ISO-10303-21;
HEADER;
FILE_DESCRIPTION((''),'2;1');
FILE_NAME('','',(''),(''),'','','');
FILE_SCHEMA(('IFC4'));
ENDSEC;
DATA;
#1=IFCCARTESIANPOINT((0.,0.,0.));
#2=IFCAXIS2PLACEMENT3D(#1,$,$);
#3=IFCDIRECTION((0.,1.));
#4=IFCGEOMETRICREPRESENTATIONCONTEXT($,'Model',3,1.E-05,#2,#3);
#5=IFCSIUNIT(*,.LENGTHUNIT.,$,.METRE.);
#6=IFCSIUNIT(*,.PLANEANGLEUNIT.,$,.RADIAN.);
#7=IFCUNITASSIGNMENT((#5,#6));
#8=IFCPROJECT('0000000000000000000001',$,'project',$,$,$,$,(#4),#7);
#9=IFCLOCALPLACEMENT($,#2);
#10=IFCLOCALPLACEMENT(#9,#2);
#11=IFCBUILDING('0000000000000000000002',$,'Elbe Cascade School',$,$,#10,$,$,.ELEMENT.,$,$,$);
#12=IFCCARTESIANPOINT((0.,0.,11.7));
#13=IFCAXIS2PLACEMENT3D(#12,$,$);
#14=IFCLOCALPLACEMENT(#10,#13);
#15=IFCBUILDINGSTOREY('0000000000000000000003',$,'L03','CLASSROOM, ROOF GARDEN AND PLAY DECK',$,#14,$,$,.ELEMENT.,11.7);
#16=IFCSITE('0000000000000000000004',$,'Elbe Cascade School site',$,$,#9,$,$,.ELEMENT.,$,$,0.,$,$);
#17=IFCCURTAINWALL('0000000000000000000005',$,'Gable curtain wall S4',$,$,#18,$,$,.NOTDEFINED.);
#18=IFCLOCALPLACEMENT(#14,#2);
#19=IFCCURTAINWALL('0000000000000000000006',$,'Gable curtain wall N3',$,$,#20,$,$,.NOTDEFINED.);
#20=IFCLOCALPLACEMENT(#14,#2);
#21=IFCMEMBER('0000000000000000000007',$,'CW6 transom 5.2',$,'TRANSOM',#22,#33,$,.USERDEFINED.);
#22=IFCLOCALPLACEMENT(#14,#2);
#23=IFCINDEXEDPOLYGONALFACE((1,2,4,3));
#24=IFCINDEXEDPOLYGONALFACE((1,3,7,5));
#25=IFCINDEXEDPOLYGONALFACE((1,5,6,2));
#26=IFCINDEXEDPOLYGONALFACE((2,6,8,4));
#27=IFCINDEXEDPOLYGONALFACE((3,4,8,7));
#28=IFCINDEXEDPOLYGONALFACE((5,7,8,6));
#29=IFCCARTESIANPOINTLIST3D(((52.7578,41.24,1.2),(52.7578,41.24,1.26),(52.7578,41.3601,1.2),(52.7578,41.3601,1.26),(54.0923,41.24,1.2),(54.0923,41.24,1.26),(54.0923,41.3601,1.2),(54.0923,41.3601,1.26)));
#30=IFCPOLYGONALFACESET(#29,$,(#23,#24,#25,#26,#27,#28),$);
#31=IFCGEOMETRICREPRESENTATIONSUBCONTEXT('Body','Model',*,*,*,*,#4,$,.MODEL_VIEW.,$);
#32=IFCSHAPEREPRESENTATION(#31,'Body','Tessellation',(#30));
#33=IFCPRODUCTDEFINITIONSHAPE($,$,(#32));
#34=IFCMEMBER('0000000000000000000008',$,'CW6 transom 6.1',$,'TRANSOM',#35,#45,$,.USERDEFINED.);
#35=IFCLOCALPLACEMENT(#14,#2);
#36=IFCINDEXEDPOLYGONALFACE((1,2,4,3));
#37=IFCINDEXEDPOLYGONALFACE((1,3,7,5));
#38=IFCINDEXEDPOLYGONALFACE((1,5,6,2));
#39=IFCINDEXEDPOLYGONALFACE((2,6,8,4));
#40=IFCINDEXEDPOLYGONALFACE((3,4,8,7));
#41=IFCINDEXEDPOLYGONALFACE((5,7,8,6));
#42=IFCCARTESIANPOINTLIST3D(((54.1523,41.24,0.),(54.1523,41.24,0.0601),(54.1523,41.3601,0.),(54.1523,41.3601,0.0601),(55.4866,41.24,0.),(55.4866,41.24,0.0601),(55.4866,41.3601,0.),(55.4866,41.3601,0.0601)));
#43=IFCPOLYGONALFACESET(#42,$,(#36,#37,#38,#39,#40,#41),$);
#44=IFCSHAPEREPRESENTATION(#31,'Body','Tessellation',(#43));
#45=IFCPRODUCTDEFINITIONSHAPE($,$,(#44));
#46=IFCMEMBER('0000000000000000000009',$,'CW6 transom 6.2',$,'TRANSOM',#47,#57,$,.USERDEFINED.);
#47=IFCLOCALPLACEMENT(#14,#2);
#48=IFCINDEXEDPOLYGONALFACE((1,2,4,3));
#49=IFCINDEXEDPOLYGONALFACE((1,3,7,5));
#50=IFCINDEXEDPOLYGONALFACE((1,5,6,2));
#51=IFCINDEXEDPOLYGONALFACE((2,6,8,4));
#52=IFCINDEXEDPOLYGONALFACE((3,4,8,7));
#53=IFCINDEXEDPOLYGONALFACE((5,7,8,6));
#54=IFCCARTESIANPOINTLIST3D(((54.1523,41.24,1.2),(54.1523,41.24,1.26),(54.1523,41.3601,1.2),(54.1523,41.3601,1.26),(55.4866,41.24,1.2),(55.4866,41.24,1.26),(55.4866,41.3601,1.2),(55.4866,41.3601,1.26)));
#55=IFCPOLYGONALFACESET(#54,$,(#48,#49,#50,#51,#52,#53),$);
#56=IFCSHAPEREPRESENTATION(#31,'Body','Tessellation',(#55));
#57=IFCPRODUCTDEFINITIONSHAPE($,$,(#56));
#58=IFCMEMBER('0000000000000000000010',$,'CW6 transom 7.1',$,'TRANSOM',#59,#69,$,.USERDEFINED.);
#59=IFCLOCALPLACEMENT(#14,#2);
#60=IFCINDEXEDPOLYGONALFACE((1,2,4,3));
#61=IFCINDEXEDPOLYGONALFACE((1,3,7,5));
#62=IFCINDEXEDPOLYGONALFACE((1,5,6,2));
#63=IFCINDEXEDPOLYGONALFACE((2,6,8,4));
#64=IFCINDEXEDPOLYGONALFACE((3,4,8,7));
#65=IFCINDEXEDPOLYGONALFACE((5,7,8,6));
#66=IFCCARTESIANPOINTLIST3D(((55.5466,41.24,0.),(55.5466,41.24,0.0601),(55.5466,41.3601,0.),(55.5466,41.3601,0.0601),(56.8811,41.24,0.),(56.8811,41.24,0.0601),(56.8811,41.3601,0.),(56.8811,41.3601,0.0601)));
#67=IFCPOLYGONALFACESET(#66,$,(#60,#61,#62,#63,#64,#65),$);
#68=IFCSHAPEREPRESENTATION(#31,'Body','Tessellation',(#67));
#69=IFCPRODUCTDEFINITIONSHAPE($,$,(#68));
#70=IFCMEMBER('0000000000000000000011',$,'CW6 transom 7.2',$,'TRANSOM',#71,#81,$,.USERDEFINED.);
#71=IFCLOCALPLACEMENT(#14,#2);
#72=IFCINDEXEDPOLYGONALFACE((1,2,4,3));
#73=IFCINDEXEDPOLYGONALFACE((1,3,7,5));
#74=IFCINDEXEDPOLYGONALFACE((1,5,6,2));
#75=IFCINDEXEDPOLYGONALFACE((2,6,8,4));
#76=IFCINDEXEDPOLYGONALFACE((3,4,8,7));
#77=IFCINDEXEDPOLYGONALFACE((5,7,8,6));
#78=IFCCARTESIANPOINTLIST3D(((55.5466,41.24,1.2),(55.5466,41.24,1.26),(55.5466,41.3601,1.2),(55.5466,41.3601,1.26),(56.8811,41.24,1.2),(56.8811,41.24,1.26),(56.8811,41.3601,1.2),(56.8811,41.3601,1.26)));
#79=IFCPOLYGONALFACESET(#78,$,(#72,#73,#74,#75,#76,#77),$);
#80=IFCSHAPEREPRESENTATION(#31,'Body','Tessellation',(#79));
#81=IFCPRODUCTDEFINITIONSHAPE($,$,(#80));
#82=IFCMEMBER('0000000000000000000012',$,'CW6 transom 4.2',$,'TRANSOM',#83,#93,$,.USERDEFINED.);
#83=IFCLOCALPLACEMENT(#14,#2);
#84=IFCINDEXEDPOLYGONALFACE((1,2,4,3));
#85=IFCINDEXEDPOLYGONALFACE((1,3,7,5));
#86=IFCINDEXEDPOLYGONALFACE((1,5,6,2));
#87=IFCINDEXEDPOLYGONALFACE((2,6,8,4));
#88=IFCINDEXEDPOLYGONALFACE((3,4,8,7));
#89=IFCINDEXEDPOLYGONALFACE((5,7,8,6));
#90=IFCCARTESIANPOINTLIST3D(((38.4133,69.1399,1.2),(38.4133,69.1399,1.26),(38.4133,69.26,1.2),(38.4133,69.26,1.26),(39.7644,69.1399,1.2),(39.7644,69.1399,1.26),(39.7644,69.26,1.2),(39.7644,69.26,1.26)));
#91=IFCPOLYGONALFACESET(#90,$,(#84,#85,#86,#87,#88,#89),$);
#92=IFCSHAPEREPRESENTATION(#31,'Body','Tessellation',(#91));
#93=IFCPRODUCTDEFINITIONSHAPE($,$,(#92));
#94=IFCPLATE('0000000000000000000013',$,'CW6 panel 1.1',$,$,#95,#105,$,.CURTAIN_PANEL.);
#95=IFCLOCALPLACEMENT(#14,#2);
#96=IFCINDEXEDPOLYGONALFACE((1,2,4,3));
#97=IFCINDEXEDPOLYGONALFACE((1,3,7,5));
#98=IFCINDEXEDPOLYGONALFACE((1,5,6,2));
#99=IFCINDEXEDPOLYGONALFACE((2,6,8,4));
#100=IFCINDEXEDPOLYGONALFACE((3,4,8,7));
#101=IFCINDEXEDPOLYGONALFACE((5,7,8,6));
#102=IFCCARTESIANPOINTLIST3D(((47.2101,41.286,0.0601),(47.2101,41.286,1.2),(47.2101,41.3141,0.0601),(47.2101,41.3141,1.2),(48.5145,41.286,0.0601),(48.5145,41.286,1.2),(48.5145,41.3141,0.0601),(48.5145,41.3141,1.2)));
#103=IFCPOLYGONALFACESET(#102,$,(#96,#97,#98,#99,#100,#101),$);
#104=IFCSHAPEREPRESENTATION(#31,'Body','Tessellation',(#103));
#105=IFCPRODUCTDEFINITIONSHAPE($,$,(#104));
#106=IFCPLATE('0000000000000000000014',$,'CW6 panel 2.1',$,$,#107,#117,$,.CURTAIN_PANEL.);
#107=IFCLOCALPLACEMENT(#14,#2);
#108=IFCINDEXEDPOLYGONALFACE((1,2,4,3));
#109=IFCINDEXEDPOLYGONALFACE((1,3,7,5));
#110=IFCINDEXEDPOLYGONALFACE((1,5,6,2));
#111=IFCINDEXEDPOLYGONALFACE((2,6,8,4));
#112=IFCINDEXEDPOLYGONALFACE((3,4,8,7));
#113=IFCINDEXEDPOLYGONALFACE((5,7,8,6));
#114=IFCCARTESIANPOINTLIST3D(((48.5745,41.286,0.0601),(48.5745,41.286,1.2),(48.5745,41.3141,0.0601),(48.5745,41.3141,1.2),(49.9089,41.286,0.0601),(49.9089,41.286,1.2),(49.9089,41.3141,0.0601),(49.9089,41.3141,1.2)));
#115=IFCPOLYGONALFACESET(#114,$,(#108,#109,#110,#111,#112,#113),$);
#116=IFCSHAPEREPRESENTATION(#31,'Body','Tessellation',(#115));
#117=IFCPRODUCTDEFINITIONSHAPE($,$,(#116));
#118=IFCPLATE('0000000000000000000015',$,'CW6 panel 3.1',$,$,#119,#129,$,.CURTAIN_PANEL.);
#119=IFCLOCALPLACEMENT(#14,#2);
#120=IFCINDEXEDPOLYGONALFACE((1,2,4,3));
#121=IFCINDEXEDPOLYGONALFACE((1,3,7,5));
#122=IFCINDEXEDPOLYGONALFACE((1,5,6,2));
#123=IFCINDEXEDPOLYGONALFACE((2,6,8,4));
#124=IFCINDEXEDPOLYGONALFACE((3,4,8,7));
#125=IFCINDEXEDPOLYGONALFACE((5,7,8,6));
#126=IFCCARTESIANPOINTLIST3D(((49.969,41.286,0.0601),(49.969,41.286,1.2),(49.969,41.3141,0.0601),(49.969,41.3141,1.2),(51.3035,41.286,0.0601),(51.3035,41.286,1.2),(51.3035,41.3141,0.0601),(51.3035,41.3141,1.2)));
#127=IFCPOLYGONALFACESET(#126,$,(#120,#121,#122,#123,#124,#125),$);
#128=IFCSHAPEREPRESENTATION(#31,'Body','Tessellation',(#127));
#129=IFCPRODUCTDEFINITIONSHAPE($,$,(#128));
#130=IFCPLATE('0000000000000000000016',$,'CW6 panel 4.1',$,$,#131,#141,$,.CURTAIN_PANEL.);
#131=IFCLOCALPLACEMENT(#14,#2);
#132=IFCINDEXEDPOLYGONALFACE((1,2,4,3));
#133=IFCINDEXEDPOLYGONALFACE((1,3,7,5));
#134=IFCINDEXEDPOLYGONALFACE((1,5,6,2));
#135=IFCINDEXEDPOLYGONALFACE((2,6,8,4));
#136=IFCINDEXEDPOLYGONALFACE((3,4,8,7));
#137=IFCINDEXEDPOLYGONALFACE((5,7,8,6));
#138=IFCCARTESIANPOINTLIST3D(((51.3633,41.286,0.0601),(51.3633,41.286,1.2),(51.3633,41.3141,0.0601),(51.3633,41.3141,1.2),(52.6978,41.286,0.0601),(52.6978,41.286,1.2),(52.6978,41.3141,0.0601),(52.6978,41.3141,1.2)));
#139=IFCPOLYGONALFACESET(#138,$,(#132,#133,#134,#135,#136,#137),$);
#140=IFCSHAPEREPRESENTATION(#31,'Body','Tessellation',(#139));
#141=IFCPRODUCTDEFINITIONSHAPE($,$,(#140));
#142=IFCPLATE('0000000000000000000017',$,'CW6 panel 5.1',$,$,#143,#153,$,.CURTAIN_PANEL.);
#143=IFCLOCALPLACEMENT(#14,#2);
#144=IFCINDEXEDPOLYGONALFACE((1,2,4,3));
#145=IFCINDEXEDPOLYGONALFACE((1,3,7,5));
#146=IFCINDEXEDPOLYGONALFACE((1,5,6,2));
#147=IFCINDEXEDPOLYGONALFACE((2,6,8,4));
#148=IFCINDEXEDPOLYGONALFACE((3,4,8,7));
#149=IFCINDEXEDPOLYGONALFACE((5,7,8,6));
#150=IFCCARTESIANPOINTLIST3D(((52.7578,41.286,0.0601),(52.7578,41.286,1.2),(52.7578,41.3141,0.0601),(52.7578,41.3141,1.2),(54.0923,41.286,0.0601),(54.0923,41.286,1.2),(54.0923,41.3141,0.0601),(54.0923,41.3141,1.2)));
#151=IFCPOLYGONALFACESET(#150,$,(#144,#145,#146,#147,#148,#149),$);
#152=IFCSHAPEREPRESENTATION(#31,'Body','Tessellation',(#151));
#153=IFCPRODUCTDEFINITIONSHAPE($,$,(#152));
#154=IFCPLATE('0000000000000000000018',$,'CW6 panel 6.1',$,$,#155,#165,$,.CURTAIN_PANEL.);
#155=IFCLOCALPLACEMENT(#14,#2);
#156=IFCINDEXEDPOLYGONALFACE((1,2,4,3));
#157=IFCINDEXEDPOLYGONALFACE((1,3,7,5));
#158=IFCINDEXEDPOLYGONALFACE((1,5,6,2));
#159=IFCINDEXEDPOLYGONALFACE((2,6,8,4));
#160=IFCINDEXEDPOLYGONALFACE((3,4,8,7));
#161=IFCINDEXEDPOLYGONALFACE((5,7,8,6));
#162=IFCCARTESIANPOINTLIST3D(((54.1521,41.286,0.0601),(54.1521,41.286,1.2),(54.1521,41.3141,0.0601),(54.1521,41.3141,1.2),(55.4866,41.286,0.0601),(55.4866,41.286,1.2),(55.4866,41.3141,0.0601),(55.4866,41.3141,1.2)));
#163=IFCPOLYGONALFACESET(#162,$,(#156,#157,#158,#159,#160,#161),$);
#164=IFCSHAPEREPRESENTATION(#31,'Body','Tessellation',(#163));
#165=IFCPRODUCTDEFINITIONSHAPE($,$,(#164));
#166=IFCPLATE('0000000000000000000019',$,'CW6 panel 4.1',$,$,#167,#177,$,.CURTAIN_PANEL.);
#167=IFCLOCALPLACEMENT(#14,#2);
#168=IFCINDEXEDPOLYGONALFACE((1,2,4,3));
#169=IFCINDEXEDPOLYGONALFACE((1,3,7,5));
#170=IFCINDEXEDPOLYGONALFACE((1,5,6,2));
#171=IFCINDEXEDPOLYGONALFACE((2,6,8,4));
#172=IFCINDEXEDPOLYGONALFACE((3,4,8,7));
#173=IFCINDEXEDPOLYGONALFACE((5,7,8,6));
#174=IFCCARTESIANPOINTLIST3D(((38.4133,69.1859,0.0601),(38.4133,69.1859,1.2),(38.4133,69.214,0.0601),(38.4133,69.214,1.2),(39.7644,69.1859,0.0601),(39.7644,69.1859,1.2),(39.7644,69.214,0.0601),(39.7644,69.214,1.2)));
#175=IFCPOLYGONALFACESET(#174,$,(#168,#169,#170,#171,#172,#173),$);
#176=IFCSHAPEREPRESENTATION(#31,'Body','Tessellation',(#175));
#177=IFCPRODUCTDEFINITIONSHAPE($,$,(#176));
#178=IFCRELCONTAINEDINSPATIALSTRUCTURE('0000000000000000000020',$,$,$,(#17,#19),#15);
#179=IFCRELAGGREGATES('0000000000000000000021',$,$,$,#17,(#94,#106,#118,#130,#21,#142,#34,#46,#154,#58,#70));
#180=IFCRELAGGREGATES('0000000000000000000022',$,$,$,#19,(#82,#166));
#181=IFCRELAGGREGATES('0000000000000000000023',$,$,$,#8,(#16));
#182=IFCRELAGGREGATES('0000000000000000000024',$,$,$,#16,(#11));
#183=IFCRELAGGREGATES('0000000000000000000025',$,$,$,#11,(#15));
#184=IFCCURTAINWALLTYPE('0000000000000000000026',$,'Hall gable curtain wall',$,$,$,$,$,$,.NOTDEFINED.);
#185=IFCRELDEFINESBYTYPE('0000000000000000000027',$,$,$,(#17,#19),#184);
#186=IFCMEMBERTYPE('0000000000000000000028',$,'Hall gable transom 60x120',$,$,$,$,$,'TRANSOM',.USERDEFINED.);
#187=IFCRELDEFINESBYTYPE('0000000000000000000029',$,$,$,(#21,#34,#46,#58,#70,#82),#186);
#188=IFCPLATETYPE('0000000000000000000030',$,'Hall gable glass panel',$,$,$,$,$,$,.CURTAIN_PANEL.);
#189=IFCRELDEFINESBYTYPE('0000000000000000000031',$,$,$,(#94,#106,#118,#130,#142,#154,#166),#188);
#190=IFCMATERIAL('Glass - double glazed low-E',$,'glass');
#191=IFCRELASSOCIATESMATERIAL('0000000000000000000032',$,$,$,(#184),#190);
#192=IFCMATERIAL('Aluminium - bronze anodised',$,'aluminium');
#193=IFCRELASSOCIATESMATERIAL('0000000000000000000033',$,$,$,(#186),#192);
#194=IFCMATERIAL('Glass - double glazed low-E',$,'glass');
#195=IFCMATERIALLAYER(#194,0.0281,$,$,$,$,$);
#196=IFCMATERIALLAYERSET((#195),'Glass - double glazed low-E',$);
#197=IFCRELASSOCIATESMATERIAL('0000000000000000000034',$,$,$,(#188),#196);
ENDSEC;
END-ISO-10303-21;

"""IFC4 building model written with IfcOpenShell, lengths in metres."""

from ifc_helpers import new_model, si_unit, direction, frame, origin, origin_2d, place, context, subcontext, project, spatial, rectangle, extrude, material, layer, layer_set, material_profile, profile_set, type_object, element, aggregate, save


model = new_model("IFC4")

# Units and contexts
model_context = context("Model", 3, precision=1e-05, world=origin(), true_north=direction((0.0, 1.0)))
body_context = subcontext(model_context, "Body", "Model", "MODEL_VIEW")
ifc_project = project(units=[si_unit("LENGTHUNIT", "METRE"), si_unit("PLANEANGLEUNIT", "RADIAN")], contexts=[model_context])

# Site, building, storey
site_placement = place(None, origin())
site = spatial("IfcSite", under=ifc_project, at=site_placement, Name="Elbe Cascade School site", CompositionType="ELEMENT", RefElevation=0.0)
building_placement = place(site_placement, origin())
building = spatial("IfcBuilding", under=site, at=building_placement, Name="Elbe Cascade School", CompositionType="ELEMENT")
storey_placement = place(building_placement, frame((0.0, 0.0, 11.7)))
storey = spatial("IfcBuildingStorey", under=building, at=storey_placement, Name="L03", Description="CLASSROOM, ROOF GARDEN AND PLAY DECK", CompositionType="ELEMENT", Elevation=11.7)

# Curtain wall
ifc_material_1 = material(Name="Glass - double glazed low-E", Category="glass")
curtain_wall_type = type_object("IfcCurtainWallType", Name="Hall gable curtain wall", PredefinedType="NOTDEFINED", material=ifc_material_1)
curtain_wall_1_placement = place(storey_placement, origin())
curtain_wall_1 = element("IfcCurtainWall", 1, at=curtain_wall_1_placement, inside=storey, type_object=curtain_wall_type, Name="Gable curtain wall S4", PredefinedType="NOTDEFINED")

# Curtain wall
curtain_wall_2_placement = place(storey_placement, origin())
curtain_wall_2 = element("IfcCurtainWall", 2, at=curtain_wall_2_placement, inside=storey, type_object=curtain_wall_type, Name="Gable curtain wall N3", PredefinedType="NOTDEFINED")

# Members
ifc_material_2 = material(Name="Aluminium - bronze anodised", Category="aluminium")
ifc_material_profile_1 = material_profile(ifc_material_2, rectangle(XDim=0.1201, YDim=0.0601, at=origin_2d()), Name="Alu 60x120")
ifc_profile_set_1 = profile_set([ifc_material_profile_1], Name="Aluminium - bronze anodised")
member_type_1 = type_object("IfcMemberType", Name="Hall gable transom 60x120", ElementType="TRANSOM", PredefinedType="USERDEFINED", material=ifc_profile_set_1)
member_1_placement = place(storey_placement, frame((52.7578, 41.3, 1.23), z_axis=(1.0, 0.0, 0.0), x_axis=(0.0, 1.0, 0.0)))
member_1 = element("IfcMember", 3, at=member_1_placement, type_object=member_type_1, Name="CW6 transom 5.2", ObjectType="TRANSOM", PredefinedType="USERDEFINED", context=body_context, shape_type="SweptSolid", body=[
    extrude(rectangle(XDim=0.1201, YDim=0.0601, at=origin_2d()), origin(), (0.0, 0.0, 1.0), 1.3345),
])
member_2_placement = place(storey_placement, frame((54.1523, 41.3, 0.03), z_axis=(1.0, 0.0, 0.0), x_axis=(0.0, 1.0, 0.0)))
member_2 = element("IfcMember", 4, at=member_2_placement, type_object=member_type_1, Name="CW6 transom 6.1", ObjectType="TRANSOM", PredefinedType="USERDEFINED", context=body_context, shape_type="SweptSolid", body=[
    extrude(rectangle(XDim=0.1201, YDim=0.0601, at=origin_2d()), origin(), (0.0, 0.0, 1.0), 1.3342),
])
member_3_placement = place(storey_placement, frame((54.1523, 41.3, 1.23), z_axis=(1.0, 0.0, 0.0), x_axis=(0.0, 1.0, 0.0)))
member_3 = element("IfcMember", 5, at=member_3_placement, type_object=member_type_1, Name="CW6 transom 6.2", ObjectType="TRANSOM", PredefinedType="USERDEFINED", context=body_context, shape_type="SweptSolid", body=[
    extrude(rectangle(XDim=0.1201, YDim=0.0601, at=origin_2d()), origin(), (0.0, 0.0, 1.0), 1.3342),
])
member_4_placement = place(storey_placement, frame((55.5466, 41.3, 0.03), z_axis=(1.0, 0.0, 0.0), x_axis=(0.0, 1.0, 0.0)))
member_4 = element("IfcMember", 6, at=member_4_placement, type_object=member_type_1, Name="CW6 transom 7.1", ObjectType="TRANSOM", PredefinedType="USERDEFINED", context=body_context, shape_type="SweptSolid", body=[
    extrude(rectangle(XDim=0.1201, YDim=0.0601, at=origin_2d()), origin(), (0.0, 0.0, 1.0), 1.3345),
])
member_5_placement = place(storey_placement, frame((55.5466, 41.3, 1.23), z_axis=(1.0, 0.0, 0.0), x_axis=(0.0, 1.0, 0.0)))
member_5 = element("IfcMember", 7, at=member_5_placement, type_object=member_type_1, Name="CW6 transom 7.2", ObjectType="TRANSOM", PredefinedType="USERDEFINED", context=body_context, shape_type="SweptSolid", body=[
    extrude(rectangle(XDim=0.1201, YDim=0.0601, at=origin_2d()), origin(), (0.0, 0.0, 1.0), 1.3345),
])
member_6_placement = place(storey_placement, frame((38.4133, 69.2, 1.23), z_axis=(1.0, 0.0, 0.0), x_axis=(0.0, 1.0, 0.0)))
member_6 = element("IfcMember", 8, at=member_6_placement, type_object=member_type_1, Name="CW6 transom 4.2", ObjectType="TRANSOM", PredefinedType="USERDEFINED", context=body_context, shape_type="SweptSolid", body=[
    extrude(rectangle(XDim=0.1201, YDim=0.0601, at=origin_2d()), origin(), (0.0, 0.0, 1.0), 1.3511),
])

# Plates
ifc_material_3 = material(Name="Glass - double glazed low-E", Category="glass")
ifc_layer = layer(ifc_material_3, 0.0281)
ifc_layer_set = layer_set([ifc_layer], Name="Glass - double glazed low-E")
plate_type = type_object("IfcPlateType", Name="Hall gable glass panel", PredefinedType="CURTAIN_PANEL", material=ifc_layer_set)
plate_1_placement = place(storey_placement, frame((47.8623, 41.3, 0.0601), z_axis=(0.0, 0.0, 1.0), x_axis=(1.0, 0.0, 0.0)))
plate_1 = element("IfcPlate", 9, at=plate_1_placement, type_object=plate_type, Name="CW6 panel 1.1", PredefinedType="CURTAIN_PANEL", context=body_context, shape_type="SweptSolid", body=[
    extrude(rectangle(XDim=1.3044, YDim=0.0281, at=origin_2d()), origin(), (0.0, 0.0, 1.0), 1.1399),
])
plate_2_placement = place(storey_placement, frame((49.2417, 41.3, 0.0601), z_axis=(0.0, 0.0, 1.0), x_axis=(1.0, 0.0, 0.0)))
plate_2 = element("IfcPlate", 10, at=plate_2_placement, type_object=plate_type, Name="CW6 panel 2.1", PredefinedType="CURTAIN_PANEL", context=body_context, shape_type="SweptSolid", body=[
    extrude(rectangle(XDim=1.3345, YDim=0.0281, at=origin_2d()), origin(), (0.0, 0.0, 1.0), 1.1399),
])
plate_3_placement = place(storey_placement, frame((50.6362, 41.3, 0.0601), z_axis=(0.0, 0.0, 1.0), x_axis=(1.0, 0.0, 0.0)))
plate_3 = element("IfcPlate", 11, at=plate_3_placement, type_object=plate_type, Name="CW6 panel 3.1", PredefinedType="CURTAIN_PANEL", context=body_context, shape_type="SweptSolid", body=[
    extrude(rectangle(XDim=1.3345, YDim=0.0281, at=origin_2d()), origin(), (0.0, 0.0, 1.0), 1.1399),
])
plate_4_placement = place(storey_placement, frame((52.0305, 41.3, 0.0601), z_axis=(0.0, 0.0, 1.0), x_axis=(1.0, 0.0, 0.0)))
plate_4 = element("IfcPlate", 12, at=plate_4_placement, type_object=plate_type, Name="CW6 panel 4.1", PredefinedType="CURTAIN_PANEL", context=body_context, shape_type="SweptSolid", body=[
    extrude(rectangle(XDim=1.3345, YDim=0.0281, at=origin_2d()), origin(), (0.0, 0.0, 1.0), 1.1399),
])
plate_5_placement = place(storey_placement, frame((53.425, 41.3, 0.0601), z_axis=(0.0, 0.0, 1.0), x_axis=(1.0, 0.0, 0.0)))
plate_5 = element("IfcPlate", 13, at=plate_5_placement, type_object=plate_type, Name="CW6 panel 5.1", PredefinedType="CURTAIN_PANEL", context=body_context, shape_type="SweptSolid", body=[
    extrude(rectangle(XDim=1.3345, YDim=0.0281, at=origin_2d()), origin(), (0.0, 0.0, 1.0), 1.1399),
])
plate_6_placement = place(storey_placement, frame((54.8193, 41.3, 0.0601), z_axis=(0.0, 0.0, 1.0), x_axis=(1.0, 0.0, 0.0)))
plate_6 = element("IfcPlate", 14, at=plate_6_placement, type_object=plate_type, Name="CW6 panel 6.1", PredefinedType="CURTAIN_PANEL", context=body_context, shape_type="SweptSolid", body=[
    extrude(rectangle(XDim=1.3345, YDim=0.0281, at=origin_2d()), origin(), (0.0, 0.0, 1.0), 1.1399),
])
aggregate(curtain_wall_1, [plate_1, plate_2, plate_3, plate_4, member_1, plate_5, member_2, member_3, plate_6, member_4, member_5])
plate_7_placement = place(storey_placement, frame((39.0889, 69.2, 0.0601), z_axis=(0.0, 0.0, 1.0), x_axis=(1.0, 0.0, 0.0)))
plate_7 = element("IfcPlate", 15, at=plate_7_placement, type_object=plate_type, Name="CW6 panel 4.1", PredefinedType="CURTAIN_PANEL", context=body_context, shape_type="SweptSolid", body=[
    extrude(rectangle(XDim=1.3511, YDim=0.0281, at=origin_2d()), origin(), (0.0, 0.0, 1.0), 1.1399),
])
aggregate(curtain_wall_2, [member_6, plate_7])

save(model, "model.ifc")
